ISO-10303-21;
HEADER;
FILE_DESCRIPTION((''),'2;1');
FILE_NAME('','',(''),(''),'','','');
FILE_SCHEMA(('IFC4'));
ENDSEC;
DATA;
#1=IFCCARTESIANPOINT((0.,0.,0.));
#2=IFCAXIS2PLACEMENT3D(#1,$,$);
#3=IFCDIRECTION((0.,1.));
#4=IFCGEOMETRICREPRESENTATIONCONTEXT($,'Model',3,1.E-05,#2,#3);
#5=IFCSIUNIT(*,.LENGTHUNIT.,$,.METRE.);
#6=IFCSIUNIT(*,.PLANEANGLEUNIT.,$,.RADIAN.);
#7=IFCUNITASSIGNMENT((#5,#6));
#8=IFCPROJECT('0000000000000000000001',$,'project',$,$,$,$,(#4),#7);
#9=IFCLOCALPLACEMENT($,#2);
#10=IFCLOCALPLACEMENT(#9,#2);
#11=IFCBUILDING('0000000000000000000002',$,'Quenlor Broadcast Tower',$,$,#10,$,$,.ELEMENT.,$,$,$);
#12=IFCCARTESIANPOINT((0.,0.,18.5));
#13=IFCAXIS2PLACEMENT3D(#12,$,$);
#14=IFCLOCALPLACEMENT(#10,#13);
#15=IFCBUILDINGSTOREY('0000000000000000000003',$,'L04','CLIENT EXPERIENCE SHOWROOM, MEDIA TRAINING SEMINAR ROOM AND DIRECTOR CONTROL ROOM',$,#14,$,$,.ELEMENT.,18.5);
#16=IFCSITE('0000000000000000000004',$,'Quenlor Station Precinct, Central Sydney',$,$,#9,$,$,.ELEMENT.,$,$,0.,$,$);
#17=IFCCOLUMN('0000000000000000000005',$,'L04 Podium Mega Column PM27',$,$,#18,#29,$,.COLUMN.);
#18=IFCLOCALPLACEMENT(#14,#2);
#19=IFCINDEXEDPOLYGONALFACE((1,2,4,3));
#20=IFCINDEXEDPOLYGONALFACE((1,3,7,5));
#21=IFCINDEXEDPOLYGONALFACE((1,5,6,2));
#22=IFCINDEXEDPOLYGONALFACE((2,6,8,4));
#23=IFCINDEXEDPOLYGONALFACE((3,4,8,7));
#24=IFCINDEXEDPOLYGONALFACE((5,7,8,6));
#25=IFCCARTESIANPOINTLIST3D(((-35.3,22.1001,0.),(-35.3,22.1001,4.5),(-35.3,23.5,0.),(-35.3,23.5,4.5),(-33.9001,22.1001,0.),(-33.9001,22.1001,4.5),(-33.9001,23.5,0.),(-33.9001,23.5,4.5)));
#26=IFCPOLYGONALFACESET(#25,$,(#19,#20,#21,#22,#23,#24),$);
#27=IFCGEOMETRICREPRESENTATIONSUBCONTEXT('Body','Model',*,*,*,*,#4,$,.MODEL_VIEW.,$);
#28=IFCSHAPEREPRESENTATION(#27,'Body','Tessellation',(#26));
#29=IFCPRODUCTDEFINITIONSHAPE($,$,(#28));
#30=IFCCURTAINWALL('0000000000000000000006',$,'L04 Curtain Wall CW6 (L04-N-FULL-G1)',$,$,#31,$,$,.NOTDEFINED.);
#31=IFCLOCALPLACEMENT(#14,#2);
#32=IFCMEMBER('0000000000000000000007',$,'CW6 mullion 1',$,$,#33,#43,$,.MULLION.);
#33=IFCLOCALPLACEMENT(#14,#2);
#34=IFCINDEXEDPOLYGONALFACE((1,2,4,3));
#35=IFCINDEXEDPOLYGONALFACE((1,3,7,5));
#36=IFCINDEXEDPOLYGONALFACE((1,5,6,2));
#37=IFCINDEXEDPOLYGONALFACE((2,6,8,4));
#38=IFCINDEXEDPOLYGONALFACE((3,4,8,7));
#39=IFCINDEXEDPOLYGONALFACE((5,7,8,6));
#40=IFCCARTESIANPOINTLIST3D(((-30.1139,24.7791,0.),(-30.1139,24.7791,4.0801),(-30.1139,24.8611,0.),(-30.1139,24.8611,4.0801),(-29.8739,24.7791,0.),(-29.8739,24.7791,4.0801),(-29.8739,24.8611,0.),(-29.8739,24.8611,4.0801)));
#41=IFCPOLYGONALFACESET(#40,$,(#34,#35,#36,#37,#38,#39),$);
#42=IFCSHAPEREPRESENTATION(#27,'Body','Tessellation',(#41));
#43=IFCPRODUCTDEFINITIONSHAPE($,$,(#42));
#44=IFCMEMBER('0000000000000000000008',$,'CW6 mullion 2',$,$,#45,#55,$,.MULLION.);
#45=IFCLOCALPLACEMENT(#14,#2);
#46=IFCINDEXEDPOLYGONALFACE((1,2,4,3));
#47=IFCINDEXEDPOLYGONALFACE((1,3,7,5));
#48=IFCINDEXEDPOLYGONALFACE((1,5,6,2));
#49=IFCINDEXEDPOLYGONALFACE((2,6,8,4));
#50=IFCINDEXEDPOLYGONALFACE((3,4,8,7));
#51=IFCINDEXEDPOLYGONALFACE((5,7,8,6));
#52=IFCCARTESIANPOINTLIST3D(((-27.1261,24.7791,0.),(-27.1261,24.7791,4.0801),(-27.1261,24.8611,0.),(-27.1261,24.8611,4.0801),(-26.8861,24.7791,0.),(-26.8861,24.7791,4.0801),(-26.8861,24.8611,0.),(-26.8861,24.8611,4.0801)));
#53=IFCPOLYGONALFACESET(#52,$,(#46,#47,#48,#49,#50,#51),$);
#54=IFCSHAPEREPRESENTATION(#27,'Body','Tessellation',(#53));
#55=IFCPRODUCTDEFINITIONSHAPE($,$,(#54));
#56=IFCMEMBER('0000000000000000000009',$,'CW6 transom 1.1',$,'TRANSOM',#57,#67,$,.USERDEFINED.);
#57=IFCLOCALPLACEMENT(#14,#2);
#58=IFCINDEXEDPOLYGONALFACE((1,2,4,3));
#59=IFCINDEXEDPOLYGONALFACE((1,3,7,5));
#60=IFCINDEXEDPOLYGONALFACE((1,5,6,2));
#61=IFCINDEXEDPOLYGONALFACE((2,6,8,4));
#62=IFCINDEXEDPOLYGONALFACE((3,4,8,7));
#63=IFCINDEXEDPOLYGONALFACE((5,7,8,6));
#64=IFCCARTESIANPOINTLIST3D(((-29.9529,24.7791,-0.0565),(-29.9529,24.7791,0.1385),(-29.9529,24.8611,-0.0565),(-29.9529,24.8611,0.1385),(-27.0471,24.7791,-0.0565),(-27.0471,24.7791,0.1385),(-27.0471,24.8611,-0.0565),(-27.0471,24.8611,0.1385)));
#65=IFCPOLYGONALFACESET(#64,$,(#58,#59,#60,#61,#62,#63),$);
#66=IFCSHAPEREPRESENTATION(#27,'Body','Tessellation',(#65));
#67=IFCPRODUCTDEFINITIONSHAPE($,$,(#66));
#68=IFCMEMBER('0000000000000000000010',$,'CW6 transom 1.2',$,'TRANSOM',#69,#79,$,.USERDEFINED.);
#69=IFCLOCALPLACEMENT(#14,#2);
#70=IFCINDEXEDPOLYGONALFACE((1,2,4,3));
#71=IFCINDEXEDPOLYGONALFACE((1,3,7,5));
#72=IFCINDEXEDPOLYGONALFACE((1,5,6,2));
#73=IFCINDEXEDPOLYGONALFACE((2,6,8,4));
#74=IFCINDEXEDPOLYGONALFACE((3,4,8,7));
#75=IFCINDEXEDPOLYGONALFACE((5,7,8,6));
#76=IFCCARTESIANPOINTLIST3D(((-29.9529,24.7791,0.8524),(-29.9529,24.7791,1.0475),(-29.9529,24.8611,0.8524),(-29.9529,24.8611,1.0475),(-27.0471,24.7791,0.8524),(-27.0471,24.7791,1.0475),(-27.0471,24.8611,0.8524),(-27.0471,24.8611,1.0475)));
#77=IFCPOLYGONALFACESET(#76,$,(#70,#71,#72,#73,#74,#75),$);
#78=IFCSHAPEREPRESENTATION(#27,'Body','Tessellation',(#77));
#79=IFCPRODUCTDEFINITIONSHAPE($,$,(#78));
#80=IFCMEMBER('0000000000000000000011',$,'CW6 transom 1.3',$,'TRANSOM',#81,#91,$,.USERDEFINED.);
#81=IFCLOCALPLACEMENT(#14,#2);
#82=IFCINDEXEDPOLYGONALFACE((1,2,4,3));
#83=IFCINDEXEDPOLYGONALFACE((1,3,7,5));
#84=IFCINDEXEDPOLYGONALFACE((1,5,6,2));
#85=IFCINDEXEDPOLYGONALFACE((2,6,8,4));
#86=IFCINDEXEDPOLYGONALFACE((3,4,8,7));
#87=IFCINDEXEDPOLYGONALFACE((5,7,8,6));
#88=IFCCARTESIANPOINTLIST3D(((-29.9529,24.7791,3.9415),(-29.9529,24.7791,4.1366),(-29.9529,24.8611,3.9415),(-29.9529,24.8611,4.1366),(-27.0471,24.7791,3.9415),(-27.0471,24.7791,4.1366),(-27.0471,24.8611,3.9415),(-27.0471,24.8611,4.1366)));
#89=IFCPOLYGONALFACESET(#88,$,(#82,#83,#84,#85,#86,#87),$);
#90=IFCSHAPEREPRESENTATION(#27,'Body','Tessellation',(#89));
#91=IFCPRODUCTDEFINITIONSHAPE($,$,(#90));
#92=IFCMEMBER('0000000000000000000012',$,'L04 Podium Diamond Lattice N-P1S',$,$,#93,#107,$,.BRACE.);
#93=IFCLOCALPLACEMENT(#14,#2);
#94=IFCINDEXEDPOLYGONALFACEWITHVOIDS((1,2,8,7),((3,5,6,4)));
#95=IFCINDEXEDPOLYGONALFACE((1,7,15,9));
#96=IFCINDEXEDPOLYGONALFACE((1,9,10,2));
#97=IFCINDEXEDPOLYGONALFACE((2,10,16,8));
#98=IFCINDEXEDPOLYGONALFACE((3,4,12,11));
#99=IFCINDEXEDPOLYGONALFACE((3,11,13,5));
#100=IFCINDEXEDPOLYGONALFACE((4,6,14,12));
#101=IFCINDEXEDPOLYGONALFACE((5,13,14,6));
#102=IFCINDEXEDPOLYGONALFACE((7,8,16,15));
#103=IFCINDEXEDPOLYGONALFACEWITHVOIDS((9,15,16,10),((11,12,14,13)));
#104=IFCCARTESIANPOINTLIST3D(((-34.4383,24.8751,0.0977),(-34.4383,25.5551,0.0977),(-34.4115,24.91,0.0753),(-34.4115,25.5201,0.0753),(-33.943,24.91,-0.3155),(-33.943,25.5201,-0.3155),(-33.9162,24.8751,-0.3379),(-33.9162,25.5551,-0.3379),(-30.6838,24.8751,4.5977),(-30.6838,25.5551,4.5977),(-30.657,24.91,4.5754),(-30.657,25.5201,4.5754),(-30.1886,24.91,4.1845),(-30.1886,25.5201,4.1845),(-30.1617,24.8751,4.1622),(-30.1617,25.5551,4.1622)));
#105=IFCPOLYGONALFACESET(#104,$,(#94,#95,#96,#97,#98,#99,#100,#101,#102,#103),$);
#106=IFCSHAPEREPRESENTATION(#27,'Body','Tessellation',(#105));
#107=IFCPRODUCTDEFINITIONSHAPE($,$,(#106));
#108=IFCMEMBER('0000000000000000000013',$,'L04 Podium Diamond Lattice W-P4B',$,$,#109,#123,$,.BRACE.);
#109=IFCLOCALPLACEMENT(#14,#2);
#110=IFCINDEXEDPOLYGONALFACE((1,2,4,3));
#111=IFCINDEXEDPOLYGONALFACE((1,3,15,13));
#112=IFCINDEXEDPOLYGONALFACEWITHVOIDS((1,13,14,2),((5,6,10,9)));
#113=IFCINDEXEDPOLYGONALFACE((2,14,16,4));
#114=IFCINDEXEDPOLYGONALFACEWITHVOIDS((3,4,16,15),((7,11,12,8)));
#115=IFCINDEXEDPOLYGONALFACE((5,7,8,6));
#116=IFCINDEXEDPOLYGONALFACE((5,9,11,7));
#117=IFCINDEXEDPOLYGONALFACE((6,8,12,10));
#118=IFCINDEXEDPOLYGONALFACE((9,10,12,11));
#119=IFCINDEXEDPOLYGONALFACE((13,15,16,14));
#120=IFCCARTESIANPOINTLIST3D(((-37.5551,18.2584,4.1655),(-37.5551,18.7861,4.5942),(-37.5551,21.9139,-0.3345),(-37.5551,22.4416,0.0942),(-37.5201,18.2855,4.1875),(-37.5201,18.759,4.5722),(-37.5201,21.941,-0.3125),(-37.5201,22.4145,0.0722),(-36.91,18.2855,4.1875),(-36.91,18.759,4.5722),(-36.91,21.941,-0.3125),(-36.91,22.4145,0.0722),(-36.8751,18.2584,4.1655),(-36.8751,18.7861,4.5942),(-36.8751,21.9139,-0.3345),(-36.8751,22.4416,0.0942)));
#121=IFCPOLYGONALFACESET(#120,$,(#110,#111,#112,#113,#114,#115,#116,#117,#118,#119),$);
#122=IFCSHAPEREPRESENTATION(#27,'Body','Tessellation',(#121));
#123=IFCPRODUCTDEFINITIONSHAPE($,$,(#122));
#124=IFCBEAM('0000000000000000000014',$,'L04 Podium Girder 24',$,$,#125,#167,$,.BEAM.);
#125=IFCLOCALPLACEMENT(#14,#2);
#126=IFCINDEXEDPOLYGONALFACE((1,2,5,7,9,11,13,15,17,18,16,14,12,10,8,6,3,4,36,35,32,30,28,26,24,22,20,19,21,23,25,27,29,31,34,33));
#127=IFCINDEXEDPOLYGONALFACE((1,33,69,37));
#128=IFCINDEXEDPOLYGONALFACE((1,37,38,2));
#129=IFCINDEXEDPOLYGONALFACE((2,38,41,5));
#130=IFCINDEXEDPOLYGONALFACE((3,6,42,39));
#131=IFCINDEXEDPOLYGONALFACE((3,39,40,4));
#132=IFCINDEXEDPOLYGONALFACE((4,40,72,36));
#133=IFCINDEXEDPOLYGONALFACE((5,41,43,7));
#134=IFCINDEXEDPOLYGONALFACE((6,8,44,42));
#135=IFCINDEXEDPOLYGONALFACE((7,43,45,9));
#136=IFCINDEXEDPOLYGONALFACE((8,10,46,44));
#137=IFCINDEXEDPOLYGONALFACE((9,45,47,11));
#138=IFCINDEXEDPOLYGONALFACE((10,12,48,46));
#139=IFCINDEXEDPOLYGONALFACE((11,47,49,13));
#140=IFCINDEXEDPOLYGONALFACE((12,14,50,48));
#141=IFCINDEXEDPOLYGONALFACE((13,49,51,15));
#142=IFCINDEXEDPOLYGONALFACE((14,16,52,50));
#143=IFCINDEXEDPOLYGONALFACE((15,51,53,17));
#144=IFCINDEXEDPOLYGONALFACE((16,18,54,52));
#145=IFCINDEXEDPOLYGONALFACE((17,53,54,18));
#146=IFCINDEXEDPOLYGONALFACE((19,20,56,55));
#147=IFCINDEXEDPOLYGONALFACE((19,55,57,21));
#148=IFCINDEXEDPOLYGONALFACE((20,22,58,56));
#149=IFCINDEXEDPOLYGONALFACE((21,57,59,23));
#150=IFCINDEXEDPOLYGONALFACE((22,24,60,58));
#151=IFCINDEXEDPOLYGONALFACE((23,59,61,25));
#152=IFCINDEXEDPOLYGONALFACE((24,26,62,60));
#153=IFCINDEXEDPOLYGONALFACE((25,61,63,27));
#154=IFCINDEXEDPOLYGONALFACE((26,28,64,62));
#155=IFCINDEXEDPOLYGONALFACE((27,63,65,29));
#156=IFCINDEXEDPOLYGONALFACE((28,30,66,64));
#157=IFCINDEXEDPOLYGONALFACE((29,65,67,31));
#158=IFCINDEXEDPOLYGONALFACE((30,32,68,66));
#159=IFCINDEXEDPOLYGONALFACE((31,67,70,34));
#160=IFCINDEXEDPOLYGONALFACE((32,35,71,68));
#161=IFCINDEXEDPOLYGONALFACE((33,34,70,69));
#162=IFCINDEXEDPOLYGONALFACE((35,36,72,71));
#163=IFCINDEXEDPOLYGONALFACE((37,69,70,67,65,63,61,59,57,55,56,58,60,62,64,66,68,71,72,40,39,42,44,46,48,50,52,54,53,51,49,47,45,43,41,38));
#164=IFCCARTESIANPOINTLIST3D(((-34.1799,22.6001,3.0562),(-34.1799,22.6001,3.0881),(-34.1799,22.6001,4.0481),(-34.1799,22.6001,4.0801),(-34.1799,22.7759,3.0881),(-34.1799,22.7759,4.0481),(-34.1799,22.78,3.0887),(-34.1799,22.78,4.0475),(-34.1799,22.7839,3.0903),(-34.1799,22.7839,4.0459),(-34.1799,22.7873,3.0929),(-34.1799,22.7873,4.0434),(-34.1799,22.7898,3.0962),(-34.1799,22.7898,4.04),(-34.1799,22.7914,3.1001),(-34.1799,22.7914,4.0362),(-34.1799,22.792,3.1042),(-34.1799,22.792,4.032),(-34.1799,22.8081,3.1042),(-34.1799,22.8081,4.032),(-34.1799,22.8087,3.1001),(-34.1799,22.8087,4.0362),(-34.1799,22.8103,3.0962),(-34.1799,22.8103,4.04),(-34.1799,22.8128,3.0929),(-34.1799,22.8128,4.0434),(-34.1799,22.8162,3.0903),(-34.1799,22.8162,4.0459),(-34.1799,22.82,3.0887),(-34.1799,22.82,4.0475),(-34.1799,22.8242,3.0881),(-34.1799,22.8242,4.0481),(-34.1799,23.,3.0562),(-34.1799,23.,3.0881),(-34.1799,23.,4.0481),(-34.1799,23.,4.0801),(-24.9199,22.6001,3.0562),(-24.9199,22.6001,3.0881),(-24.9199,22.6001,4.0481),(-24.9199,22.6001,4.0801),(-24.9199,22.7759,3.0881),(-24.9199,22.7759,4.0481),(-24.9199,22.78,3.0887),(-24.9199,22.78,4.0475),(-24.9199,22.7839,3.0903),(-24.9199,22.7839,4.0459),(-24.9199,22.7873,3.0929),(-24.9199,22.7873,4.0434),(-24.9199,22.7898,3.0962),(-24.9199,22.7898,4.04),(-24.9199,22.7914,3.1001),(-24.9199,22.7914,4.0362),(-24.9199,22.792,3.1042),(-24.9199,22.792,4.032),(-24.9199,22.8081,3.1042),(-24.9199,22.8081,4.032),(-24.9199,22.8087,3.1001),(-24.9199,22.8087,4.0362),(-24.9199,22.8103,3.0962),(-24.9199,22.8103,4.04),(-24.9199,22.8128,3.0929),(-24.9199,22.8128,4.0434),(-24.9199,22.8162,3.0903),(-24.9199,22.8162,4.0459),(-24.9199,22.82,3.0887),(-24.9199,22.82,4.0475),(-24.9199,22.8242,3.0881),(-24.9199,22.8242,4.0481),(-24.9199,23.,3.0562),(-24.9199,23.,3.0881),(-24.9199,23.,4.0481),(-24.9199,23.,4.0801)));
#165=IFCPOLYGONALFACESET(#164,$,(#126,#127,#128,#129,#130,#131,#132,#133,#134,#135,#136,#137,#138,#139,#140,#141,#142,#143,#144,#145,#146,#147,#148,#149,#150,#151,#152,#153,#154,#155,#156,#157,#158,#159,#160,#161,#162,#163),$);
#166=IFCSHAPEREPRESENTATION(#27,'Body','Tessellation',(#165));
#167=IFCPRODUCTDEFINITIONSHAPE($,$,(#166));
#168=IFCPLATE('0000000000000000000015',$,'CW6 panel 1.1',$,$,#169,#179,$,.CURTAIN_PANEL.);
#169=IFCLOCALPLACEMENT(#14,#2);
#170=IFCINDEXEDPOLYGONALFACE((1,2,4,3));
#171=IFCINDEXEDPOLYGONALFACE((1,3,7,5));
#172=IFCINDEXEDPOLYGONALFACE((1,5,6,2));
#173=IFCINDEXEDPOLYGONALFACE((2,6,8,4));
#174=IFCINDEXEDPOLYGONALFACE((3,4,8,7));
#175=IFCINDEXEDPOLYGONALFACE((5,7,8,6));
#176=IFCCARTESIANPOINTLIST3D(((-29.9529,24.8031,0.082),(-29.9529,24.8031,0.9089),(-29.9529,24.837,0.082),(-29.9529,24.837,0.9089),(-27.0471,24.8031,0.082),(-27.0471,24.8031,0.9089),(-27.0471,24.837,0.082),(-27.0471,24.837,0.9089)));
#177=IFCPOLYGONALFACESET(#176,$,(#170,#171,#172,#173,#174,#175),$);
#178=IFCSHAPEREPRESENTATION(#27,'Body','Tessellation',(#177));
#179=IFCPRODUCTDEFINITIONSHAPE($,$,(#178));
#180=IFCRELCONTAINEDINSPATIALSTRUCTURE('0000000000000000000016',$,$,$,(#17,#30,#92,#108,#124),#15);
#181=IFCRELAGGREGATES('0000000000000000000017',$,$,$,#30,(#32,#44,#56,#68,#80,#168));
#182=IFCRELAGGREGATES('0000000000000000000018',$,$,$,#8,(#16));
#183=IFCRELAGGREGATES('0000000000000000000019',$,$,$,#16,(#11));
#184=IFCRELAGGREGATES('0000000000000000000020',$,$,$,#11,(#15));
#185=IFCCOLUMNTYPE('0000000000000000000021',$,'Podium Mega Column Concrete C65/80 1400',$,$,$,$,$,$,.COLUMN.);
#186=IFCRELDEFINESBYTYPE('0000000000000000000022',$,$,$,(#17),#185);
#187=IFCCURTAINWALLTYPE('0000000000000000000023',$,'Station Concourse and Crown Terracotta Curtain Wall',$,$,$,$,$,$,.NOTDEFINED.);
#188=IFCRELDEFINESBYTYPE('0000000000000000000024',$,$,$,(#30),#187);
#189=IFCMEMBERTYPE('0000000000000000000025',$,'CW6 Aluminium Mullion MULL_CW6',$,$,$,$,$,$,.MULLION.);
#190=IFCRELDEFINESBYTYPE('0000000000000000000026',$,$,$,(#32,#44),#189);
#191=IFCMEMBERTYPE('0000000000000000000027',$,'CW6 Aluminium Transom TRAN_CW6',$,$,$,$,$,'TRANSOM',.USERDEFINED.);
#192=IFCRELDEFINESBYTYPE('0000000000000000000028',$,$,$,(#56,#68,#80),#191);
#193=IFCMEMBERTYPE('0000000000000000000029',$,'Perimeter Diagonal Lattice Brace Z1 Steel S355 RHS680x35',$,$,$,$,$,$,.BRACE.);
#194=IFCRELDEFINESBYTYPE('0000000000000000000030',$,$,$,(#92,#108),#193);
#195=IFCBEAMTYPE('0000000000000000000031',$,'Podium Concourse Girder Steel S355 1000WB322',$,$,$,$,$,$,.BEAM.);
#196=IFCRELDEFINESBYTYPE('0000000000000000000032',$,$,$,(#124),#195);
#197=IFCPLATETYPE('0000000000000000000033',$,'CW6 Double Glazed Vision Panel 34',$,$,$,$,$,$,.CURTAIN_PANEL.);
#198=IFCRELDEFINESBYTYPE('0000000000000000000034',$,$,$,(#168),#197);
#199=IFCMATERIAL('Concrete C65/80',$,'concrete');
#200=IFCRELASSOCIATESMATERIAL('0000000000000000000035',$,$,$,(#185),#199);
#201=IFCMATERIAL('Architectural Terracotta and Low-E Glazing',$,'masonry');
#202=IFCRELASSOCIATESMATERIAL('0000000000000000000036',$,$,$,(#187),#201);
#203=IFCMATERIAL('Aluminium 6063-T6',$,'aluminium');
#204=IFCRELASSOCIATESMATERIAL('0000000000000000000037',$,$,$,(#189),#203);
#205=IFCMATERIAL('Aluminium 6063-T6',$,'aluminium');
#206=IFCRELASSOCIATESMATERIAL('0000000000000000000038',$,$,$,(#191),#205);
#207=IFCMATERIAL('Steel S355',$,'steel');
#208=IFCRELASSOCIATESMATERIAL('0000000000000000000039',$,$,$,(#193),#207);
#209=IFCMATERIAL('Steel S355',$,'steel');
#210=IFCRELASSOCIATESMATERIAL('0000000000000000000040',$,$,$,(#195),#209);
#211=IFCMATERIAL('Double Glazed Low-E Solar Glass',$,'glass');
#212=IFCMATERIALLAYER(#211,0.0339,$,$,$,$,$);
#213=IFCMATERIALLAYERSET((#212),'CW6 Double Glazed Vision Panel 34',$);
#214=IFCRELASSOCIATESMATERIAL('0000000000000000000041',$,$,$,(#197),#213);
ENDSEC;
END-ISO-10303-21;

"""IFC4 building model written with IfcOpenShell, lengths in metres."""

from ifc_helpers import new_model, si_unit, direction, frame, origin, origin_2d, place, context, subcontext, project, spatial, rectangle, hollow_rectangle, i_section, extrude, material, layer, layer_set, material_profile, profile_set, type_object, element, aggregate, save


model = new_model("IFC4")

# Units and contexts
model_context = context("Model", 3, precision=1e-05, world=origin(), true_north=direction((0.0, 1.0)))
body_context = subcontext(model_context, "Body", "Model", "MODEL_VIEW")
ifc_project = project(units=[si_unit("LENGTHUNIT", "METRE"), si_unit("PLANEANGLEUNIT", "RADIAN")], contexts=[model_context])

# Site, building, storey
site_placement = place(None, origin())
site = spatial("IfcSite", under=ifc_project, at=site_placement, Name="Quenlor Station Precinct, Central Sydney", CompositionType="ELEMENT", RefElevation=0.0)
building_placement = place(site_placement, origin())
building = spatial("IfcBuilding", under=site, at=building_placement, Name="Quenlor Broadcast Tower", CompositionType="ELEMENT")
storey_placement = place(building_placement, frame((0.0, 0.0, 18.5)))
storey = spatial("IfcBuildingStorey", under=building, at=storey_placement, Name="L04", Description="CLIENT EXPERIENCE SHOWROOM, MEDIA TRAINING SEMINAR ROOM AND DIRECTOR CONTROL ROOM", CompositionType="ELEMENT", Elevation=18.5)

# Column
ifc_material_1 = material(Name="Concrete C65/80", Category="concrete")
ifc_material_profile_1 = material_profile(ifc_material_1, rectangle(XDim=1.3999, YDim=1.3999, at=origin_2d()))
ifc_profile_set_1 = profile_set([ifc_material_profile_1], Name="Concrete C65/80 RC1400x1400")
column_type = type_object("IfcColumnType", Name="Podium Mega Column Concrete C65/80 1400", PredefinedType="COLUMN", material=ifc_profile_set_1)
column_placement = place(storey_placement, frame((-34.6001, 22.8, 0.0), z_axis=(0.0, 0.0, 1.0), x_axis=(1.0, 0.0, 0.0)))
element("IfcColumn", 1, at=column_placement, inside=storey, type_object=column_type, Name="L04 Podium Mega Column PM27", PredefinedType="COLUMN", context=body_context, shape_type="SweptSolid", body=[
    extrude(rectangle(XDim=1.3999, YDim=1.3999, at=origin_2d()), origin(), (0.0, 0.0, 1.0), 4.5),
])

# Curtain wall, members
ifc_material_2 = material(Name="Architectural Terracotta and Low-E Glazing", Category="masonry")
curtain_wall_type = type_object("IfcCurtainWallType", Name="Station Concourse and Crown Terracotta Curtain Wall", PredefinedType="NOTDEFINED", material=ifc_material_2)
curtain_wall_placement = place(storey_placement, origin())
curtain_wall = element("IfcCurtainWall", 2, at=curtain_wall_placement, inside=storey, type_object=curtain_wall_type, Name="L04 Curtain Wall CW6 (L04-N-FULL-G1)", PredefinedType="NOTDEFINED")
ifc_material_3 = material(Name="Aluminium 6063-T6", Category="aluminium")
ifc_material_profile_2 = material_profile(ifc_material_3, rectangle(XDim=0.082, YDim=0.24, at=origin_2d()))
ifc_profile_set_2 = profile_set([ifc_material_profile_2], Name="Aluminium 6063-T6 MULL82x240")
member_type_1 = type_object("IfcMemberType", Name="CW6 Aluminium Mullion MULL_CW6", PredefinedType="MULLION", material=ifc_profile_set_2)
member_1_placement = place(storey_placement, frame((-29.9939, 24.8201, 0.0), z_axis=(0.0, 0.0, 1.0), x_axis=(0.0, 1.0, 0.0)))
member_1 = element("IfcMember", 3, at=member_1_placement, type_object=member_type_1, Name="CW6 mullion 1", PredefinedType="MULLION", context=body_context, shape_type="SweptSolid", body=[
    extrude(rectangle(XDim=0.082, YDim=0.24, at=origin_2d()), origin(), (0.0, 0.0, 1.0), 4.0801),
])
member_2_placement = place(storey_placement, frame((-27.0061, 24.8201, 0.0), z_axis=(0.0, 0.0, 1.0), x_axis=(0.0, 1.0, 0.0)))
member_2 = element("IfcMember", 4, at=member_2_placement, type_object=member_type_1, Name="CW6 mullion 2", PredefinedType="MULLION", context=body_context, shape_type="SweptSolid", body=[
    extrude(rectangle(XDim=0.082, YDim=0.24, at=origin_2d()), origin(), (0.0, 0.0, 1.0), 4.0801),
])
ifc_material_4 = material(Name="Aluminium 6063-T6", Category="aluminium")
ifc_material_profile_3 = material_profile(ifc_material_4, rectangle(XDim=0.082, YDim=0.1951, at=origin_2d()))
ifc_profile_set_3 = profile_set([ifc_material_profile_3], Name="Aluminium 6063-T6 TRAN82x195")
member_type_2 = type_object("IfcMemberType", Name="CW6 Aluminium Transom TRAN_CW6", ElementType="TRANSOM", PredefinedType="USERDEFINED", material=ifc_profile_set_3)
member_3_placement = place(storey_placement, frame((-29.9529, 24.8201, 0.041), z_axis=(1.0, 0.0, 0.0), x_axis=(0.0, 1.0, 0.0)))
member_3 = element("IfcMember", 5, at=member_3_placement, type_object=member_type_2, Name="CW6 transom 1.1", ObjectType="TRANSOM", PredefinedType="USERDEFINED", context=body_context, shape_type="SweptSolid", body=[
    extrude(rectangle(XDim=0.082, YDim=0.1951, at=origin_2d()), origin(), (0.0, 0.0, 1.0), 2.9058),
])
member_4_placement = place(storey_placement, frame((-29.9529, 24.8201, 0.95), z_axis=(1.0, 0.0, 0.0), x_axis=(0.0, 1.0, 0.0)))
member_4 = element("IfcMember", 6, at=member_4_placement, type_object=member_type_2, Name="CW6 transom 1.2", ObjectType="TRANSOM", PredefinedType="USERDEFINED", context=body_context, shape_type="SweptSolid", body=[
    extrude(rectangle(XDim=0.082, YDim=0.1951, at=origin_2d()), origin(), (0.0, 0.0, 1.0), 2.9058),
])
member_5_placement = place(storey_placement, frame((-29.9529, 24.8201, 4.0391), z_axis=(1.0, 0.0, 0.0), x_axis=(0.0, 1.0, 0.0)))
member_5 = element("IfcMember", 7, at=member_5_placement, type_object=member_type_2, Name="CW6 transom 1.3", ObjectType="TRANSOM", PredefinedType="USERDEFINED", context=body_context, shape_type="SweptSolid", body=[
    extrude(rectangle(XDim=0.082, YDim=0.1951, at=origin_2d()), origin(), (0.0, 0.0, 1.0), 2.9058),
])

# Members
ifc_material_5 = material(Name="Steel S355", Category="steel")
ifc_material_profile_4 = material_profile(ifc_material_5, hollow_rectangle(XDim=0.6799, YDim=0.6799, WallThickness=0.0349, at=origin_2d()))
ifc_profile_set_4 = profile_set([ifc_material_profile_4], Name="Steel S355 RHS680x680x35")
member_type_3 = type_object("IfcMemberType", Name="Perimeter Diagonal Lattice Brace Z1 Steel S355 RHS680x35", PredefinedType="BRACE", material=ifc_profile_set_4)
member_6_placement = place(storey_placement, frame((-34.1772, 25.2151, -0.1201), z_axis=(0.640627, 0.0, 0.767852), x_axis=(0.0, 1.0, 0.0)))
element("IfcMember", 8, at=member_6_placement, inside=storey, type_object=member_type_3, Name="L04 Podium Diamond Lattice N-P1S", PredefinedType="BRACE", context=body_context, shape_type="SweptSolid", body=[
    extrude(hollow_rectangle(XDim=0.6799, YDim=0.6799, WallThickness=0.0349, at=origin_2d()), origin(), (0.0, 0.0, 1.0), 5.8606),
])
member_7_placement = place(storey_placement, frame((-37.2151, 22.1777, -0.1201), z_axis=(0.0, -0.630517, 0.776176), x_axis=(1.0, 0.0, 0.0)))
element("IfcMember", 9, at=member_7_placement, inside=storey, type_object=member_type_3, Name="L04 Podium Diamond Lattice W-P4B", PredefinedType="BRACE", context=body_context, shape_type="SweptSolid", body=[
    extrude(hollow_rectangle(XDim=0.6799, YDim=0.6799, WallThickness=0.0349, at=origin_2d()), origin(), (0.0, 0.0, 1.0), 5.7976),
])

# Beam
ifc_material_6 = material(Name="Steel S355", Category="steel")
ifc_material_profile_5 = material_profile(ifc_material_6, i_section(OverallWidth=0.3999, OverallDepth=1.0239, WebThickness=0.0161, FlangeThickness=0.032, FilletRadius=0.0161, at=origin_2d()))
ifc_profile_set_5 = profile_set([ifc_material_profile_5], Name="Steel S355 1000WB322")
beam_type = type_object("IfcBeamType", Name="Podium Concourse Girder Steel S355 1000WB322", PredefinedType="BEAM", material=ifc_profile_set_5)
beam_placement = place(storey_placement, frame((-34.1799, 22.8, 3.5681), z_axis=(1.0, 0.0, 0.0), x_axis=(0.0, 1.0, 0.0)))
element("IfcBeam", 10, at=beam_placement, inside=storey, type_object=beam_type, Name="L04 Podium Girder 24", PredefinedType="BEAM", context=body_context, shape_type="SweptSolid", body=[
    extrude(i_section(OverallWidth=0.3999, OverallDepth=1.0239, WebThickness=0.0161, FlangeThickness=0.032, FilletRadius=0.0161, at=origin_2d()), origin(), (0.0, 0.0, 1.0), 9.26),
])

# Plate
ifc_material_7 = material(Name="Double Glazed Low-E Solar Glass", Category="glass")
ifc_layer_1 = layer(ifc_material_7, 0.0339)
ifc_layer_set_1 = layer_set([ifc_layer_1], Name="CW6 Double Glazed Vision Panel 34")
plate_type_1 = type_object("IfcPlateType", Name="CW6 Double Glazed Vision Panel 34", PredefinedType="CURTAIN_PANEL", material=ifc_layer_set_1)
plate_1_placement = place(storey_placement, frame((-28.5, 24.8201, 0.082), z_axis=(0.0, 0.0, 1.0), x_axis=(1.0, 0.0, 0.0)))
plate_1 = element("IfcPlate", 11, at=plate_1_placement, type_object=plate_type_1, Name="CW6 panel 1.1", PredefinedType="CURTAIN_PANEL", context=body_context, shape_type="SweptSolid", body=[
    extrude(rectangle(XDim=2.9058, YDim=0.0339, at=origin_2d()), origin(), (0.0, 0.0, 1.0), 0.8269),
])
aggregate(curtain_wall, [member_1, member_2, member_3, member_4, member_5, plate_1])

save(model, "model.ifc")
